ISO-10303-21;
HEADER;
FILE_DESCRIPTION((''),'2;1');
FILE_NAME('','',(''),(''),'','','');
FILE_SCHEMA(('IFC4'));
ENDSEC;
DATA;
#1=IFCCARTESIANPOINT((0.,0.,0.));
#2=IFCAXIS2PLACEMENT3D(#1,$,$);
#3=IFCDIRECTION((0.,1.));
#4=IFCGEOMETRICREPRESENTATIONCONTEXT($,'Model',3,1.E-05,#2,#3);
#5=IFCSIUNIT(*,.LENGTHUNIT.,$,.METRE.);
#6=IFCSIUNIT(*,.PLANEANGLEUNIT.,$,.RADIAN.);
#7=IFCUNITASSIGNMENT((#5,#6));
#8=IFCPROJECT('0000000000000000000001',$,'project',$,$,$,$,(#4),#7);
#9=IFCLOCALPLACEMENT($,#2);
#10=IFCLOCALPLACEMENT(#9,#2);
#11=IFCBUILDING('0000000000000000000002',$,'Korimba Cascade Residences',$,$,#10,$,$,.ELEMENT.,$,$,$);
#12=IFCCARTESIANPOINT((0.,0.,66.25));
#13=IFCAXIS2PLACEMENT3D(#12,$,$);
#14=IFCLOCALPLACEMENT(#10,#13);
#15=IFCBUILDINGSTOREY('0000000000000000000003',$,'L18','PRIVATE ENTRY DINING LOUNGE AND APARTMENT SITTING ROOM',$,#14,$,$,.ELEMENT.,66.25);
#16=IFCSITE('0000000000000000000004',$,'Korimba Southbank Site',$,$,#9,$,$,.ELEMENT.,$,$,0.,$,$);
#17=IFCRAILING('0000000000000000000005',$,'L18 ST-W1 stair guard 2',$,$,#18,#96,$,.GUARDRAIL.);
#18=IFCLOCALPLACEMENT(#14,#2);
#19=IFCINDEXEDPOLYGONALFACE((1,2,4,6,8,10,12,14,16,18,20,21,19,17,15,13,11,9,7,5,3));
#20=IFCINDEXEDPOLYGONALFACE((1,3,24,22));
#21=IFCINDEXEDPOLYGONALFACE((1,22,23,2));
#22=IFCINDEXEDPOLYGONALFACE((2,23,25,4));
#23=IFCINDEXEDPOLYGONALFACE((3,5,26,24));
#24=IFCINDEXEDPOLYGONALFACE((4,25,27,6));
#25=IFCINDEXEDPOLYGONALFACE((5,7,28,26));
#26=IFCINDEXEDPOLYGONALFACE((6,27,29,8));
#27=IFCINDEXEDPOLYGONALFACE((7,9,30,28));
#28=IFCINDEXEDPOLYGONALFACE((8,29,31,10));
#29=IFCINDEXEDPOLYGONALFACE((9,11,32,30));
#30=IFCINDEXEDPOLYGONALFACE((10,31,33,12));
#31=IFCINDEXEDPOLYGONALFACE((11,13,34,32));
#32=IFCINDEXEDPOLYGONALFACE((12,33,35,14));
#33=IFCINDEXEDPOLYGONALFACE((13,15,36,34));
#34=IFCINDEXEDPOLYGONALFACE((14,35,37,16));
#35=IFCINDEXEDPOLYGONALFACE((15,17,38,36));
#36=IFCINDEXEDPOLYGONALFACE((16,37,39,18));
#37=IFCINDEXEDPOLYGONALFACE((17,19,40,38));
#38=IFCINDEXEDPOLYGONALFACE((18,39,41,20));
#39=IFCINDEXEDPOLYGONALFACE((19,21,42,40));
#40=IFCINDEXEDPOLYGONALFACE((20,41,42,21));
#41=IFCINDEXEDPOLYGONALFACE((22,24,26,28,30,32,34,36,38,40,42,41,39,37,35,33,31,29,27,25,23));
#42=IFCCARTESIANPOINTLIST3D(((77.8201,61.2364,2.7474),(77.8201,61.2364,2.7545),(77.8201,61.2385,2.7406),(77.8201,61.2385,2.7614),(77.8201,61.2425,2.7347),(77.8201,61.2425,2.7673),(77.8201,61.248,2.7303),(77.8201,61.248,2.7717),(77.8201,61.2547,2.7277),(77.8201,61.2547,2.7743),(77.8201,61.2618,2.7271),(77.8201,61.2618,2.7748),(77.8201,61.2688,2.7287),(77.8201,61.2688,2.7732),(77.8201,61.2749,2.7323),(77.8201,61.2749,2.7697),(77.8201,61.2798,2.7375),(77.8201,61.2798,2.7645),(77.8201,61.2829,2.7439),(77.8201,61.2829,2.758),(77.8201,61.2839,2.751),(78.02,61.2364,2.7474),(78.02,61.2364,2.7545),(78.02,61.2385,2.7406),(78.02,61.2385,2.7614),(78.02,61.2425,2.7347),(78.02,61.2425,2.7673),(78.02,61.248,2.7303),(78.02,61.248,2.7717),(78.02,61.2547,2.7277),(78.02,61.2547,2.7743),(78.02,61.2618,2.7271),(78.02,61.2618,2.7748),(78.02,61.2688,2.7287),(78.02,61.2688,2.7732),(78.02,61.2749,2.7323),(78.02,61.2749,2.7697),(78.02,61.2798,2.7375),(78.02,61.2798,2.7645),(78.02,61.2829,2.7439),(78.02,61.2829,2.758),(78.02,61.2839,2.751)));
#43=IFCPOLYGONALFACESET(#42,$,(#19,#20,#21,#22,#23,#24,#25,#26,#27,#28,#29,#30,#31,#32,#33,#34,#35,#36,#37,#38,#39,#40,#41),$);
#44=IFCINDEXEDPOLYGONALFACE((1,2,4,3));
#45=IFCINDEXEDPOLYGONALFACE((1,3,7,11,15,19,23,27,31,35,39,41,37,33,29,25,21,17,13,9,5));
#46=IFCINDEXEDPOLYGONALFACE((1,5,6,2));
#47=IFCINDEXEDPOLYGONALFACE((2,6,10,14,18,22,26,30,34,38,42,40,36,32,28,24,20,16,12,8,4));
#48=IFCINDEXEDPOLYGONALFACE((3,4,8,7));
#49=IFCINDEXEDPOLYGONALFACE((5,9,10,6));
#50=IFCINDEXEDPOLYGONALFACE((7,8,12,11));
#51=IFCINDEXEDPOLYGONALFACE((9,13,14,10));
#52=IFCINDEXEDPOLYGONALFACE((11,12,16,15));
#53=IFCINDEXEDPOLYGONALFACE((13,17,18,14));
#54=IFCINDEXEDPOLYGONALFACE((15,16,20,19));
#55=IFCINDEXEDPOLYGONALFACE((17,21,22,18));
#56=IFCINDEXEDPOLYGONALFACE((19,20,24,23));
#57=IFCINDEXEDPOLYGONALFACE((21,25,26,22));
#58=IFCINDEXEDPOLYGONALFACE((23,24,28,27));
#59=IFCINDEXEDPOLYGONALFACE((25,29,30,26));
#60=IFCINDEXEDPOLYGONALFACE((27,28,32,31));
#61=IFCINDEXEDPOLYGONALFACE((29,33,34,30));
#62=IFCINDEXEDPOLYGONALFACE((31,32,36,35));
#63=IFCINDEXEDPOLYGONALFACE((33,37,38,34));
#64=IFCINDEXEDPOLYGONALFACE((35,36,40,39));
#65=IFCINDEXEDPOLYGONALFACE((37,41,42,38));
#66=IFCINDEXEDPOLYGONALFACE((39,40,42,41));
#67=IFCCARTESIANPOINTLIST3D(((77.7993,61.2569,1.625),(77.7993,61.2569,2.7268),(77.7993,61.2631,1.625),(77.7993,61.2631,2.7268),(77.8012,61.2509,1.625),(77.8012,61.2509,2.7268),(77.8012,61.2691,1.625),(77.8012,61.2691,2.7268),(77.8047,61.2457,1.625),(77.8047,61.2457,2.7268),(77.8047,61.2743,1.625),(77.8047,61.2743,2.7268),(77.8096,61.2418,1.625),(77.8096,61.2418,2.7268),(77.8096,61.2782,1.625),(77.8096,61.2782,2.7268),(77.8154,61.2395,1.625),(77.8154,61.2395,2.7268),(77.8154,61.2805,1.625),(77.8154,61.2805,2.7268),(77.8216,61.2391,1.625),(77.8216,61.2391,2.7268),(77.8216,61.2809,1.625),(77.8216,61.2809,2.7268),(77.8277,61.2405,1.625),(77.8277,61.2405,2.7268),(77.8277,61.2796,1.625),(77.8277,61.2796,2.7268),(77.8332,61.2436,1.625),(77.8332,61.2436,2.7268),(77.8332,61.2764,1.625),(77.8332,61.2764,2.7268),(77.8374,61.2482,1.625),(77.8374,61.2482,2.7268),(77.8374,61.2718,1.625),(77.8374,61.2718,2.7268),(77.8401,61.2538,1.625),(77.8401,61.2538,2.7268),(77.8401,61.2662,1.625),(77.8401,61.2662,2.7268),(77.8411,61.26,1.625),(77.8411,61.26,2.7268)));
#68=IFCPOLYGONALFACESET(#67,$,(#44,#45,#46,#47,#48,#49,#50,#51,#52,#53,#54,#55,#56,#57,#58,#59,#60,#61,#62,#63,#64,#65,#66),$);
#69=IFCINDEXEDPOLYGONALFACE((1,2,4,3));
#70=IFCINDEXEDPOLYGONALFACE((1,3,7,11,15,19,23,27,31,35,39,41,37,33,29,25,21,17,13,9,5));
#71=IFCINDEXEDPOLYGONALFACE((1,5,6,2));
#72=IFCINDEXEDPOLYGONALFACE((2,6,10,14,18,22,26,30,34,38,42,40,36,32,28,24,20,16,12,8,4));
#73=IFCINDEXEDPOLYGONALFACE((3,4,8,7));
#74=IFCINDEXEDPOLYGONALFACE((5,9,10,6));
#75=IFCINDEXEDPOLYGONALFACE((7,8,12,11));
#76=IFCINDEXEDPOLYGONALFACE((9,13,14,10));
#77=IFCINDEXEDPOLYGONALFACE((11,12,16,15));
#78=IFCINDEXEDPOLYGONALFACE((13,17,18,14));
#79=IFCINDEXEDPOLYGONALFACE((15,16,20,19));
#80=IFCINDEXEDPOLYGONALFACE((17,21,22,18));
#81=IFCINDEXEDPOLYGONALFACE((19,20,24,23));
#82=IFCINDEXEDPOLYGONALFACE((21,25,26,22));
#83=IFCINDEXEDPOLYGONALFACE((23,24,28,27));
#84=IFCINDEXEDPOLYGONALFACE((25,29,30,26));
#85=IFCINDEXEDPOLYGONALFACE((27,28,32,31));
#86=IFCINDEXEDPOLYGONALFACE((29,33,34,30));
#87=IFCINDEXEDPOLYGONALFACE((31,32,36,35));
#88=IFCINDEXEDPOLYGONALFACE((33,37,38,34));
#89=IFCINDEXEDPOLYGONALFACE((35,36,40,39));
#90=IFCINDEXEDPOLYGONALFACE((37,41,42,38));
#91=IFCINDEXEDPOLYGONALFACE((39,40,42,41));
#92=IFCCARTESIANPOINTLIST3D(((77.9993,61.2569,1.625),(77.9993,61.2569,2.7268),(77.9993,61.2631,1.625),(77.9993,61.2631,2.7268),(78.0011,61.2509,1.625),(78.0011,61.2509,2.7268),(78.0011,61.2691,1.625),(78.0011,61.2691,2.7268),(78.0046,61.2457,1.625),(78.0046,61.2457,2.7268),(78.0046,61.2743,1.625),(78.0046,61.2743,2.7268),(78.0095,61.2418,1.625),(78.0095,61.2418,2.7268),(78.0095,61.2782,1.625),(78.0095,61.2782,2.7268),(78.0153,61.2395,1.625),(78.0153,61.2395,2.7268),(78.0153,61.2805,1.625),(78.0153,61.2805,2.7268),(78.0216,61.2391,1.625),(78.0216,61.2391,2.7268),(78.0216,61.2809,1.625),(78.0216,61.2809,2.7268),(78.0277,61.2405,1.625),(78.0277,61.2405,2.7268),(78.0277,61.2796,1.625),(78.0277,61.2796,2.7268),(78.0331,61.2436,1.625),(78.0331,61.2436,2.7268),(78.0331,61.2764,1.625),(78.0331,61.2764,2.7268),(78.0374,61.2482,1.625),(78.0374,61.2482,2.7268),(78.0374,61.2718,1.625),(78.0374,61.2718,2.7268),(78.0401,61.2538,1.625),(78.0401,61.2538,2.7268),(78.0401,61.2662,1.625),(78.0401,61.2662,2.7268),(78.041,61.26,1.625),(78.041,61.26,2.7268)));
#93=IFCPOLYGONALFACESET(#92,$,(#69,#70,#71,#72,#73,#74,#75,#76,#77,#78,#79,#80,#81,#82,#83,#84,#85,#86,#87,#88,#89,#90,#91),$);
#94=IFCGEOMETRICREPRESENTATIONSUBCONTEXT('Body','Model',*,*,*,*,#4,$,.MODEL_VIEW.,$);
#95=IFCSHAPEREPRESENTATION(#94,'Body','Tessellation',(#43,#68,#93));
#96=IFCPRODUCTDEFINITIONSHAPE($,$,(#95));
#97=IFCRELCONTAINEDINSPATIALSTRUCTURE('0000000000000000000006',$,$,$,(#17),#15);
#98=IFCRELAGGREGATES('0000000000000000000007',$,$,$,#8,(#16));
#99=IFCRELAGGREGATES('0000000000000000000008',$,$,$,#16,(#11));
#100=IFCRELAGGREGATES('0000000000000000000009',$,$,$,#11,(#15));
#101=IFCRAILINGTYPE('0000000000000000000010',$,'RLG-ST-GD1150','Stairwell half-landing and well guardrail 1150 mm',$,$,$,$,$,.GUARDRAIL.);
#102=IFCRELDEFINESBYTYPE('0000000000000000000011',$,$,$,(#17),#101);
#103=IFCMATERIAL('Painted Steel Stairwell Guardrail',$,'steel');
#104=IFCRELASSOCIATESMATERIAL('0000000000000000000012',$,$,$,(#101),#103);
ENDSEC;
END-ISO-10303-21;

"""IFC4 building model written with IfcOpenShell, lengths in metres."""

from ifc_helpers import new_model, si_unit, direction, frame, origin, origin_2d, place, context, subcontext, project, spatial, circle, extrude, material, type_object, element, save


model = new_model("IFC4")

# Units and contexts
model_context = context("Model", 3, precision=1e-05, world=origin(), true_north=direction((0.0, 1.0)))
body_context = subcontext(model_context, "Body", "Model", "MODEL_VIEW")
ifc_project = project(units=[si_unit("LENGTHUNIT", "METRE"), si_unit("PLANEANGLEUNIT", "RADIAN")], contexts=[model_context])

# Site, building, storey
site_placement = place(None, origin())
site = spatial("IfcSite", under=ifc_project, at=site_placement, Name="Korimba Southbank Site", CompositionType="ELEMENT", RefElevation=0.0)
building_placement = place(site_placement, origin())
building = spatial("IfcBuilding", under=site, at=building_placement, Name="Korimba Cascade Residences", CompositionType="ELEMENT")
storey_placement = place(building_placement, frame((0.0, 0.0, 66.25)))
storey = spatial("IfcBuildingStorey", under=building, at=storey_placement, Name="L18", Description="PRIVATE ENTRY DINING LOUNGE AND APARTMENT SITTING ROOM", CompositionType="ELEMENT", Elevation=66.25)

# Railing
ifc_material_1 = material(Name="Painted Steel Stairwell Guardrail", Category="steel")
railing_type = type_object("IfcRailingType", Name="RLG-ST-GD1150", Description="Stairwell half-landing and well guardrail 1150 mm", PredefinedType="GUARDRAIL", material=ifc_material_1)
railing_placement = place(storey_placement, frame((77.8201, 61.26, 1.625)))
element("IfcRailing", 1, at=railing_placement, inside=storey, type_object=railing_type, Name="L18 ST-W1 stair guard 2", PredefinedType="GUARDRAIL", context=body_context, shape_type="SweptSolid", body=[
    extrude(circle(Radius=0.0239, at=origin_2d()), frame((0.0, 0.0, 1.126), z_axis=(1.0, 0.0, 0.0), x_axis=(0.0, 1.0, 0.0)), (0.0, 0.0, 1.0), 0.2),
    extrude(circle(Radius=0.021, at=origin_2d()), origin(), (0.0, 0.0, 1.0), 1.1018),
    extrude(circle(Radius=0.021, at=origin_2d()), frame((0.2, 0.0, 0.0)), (0.0, 0.0, 1.0), 1.1018),
])

save(model, "model.ifc")
